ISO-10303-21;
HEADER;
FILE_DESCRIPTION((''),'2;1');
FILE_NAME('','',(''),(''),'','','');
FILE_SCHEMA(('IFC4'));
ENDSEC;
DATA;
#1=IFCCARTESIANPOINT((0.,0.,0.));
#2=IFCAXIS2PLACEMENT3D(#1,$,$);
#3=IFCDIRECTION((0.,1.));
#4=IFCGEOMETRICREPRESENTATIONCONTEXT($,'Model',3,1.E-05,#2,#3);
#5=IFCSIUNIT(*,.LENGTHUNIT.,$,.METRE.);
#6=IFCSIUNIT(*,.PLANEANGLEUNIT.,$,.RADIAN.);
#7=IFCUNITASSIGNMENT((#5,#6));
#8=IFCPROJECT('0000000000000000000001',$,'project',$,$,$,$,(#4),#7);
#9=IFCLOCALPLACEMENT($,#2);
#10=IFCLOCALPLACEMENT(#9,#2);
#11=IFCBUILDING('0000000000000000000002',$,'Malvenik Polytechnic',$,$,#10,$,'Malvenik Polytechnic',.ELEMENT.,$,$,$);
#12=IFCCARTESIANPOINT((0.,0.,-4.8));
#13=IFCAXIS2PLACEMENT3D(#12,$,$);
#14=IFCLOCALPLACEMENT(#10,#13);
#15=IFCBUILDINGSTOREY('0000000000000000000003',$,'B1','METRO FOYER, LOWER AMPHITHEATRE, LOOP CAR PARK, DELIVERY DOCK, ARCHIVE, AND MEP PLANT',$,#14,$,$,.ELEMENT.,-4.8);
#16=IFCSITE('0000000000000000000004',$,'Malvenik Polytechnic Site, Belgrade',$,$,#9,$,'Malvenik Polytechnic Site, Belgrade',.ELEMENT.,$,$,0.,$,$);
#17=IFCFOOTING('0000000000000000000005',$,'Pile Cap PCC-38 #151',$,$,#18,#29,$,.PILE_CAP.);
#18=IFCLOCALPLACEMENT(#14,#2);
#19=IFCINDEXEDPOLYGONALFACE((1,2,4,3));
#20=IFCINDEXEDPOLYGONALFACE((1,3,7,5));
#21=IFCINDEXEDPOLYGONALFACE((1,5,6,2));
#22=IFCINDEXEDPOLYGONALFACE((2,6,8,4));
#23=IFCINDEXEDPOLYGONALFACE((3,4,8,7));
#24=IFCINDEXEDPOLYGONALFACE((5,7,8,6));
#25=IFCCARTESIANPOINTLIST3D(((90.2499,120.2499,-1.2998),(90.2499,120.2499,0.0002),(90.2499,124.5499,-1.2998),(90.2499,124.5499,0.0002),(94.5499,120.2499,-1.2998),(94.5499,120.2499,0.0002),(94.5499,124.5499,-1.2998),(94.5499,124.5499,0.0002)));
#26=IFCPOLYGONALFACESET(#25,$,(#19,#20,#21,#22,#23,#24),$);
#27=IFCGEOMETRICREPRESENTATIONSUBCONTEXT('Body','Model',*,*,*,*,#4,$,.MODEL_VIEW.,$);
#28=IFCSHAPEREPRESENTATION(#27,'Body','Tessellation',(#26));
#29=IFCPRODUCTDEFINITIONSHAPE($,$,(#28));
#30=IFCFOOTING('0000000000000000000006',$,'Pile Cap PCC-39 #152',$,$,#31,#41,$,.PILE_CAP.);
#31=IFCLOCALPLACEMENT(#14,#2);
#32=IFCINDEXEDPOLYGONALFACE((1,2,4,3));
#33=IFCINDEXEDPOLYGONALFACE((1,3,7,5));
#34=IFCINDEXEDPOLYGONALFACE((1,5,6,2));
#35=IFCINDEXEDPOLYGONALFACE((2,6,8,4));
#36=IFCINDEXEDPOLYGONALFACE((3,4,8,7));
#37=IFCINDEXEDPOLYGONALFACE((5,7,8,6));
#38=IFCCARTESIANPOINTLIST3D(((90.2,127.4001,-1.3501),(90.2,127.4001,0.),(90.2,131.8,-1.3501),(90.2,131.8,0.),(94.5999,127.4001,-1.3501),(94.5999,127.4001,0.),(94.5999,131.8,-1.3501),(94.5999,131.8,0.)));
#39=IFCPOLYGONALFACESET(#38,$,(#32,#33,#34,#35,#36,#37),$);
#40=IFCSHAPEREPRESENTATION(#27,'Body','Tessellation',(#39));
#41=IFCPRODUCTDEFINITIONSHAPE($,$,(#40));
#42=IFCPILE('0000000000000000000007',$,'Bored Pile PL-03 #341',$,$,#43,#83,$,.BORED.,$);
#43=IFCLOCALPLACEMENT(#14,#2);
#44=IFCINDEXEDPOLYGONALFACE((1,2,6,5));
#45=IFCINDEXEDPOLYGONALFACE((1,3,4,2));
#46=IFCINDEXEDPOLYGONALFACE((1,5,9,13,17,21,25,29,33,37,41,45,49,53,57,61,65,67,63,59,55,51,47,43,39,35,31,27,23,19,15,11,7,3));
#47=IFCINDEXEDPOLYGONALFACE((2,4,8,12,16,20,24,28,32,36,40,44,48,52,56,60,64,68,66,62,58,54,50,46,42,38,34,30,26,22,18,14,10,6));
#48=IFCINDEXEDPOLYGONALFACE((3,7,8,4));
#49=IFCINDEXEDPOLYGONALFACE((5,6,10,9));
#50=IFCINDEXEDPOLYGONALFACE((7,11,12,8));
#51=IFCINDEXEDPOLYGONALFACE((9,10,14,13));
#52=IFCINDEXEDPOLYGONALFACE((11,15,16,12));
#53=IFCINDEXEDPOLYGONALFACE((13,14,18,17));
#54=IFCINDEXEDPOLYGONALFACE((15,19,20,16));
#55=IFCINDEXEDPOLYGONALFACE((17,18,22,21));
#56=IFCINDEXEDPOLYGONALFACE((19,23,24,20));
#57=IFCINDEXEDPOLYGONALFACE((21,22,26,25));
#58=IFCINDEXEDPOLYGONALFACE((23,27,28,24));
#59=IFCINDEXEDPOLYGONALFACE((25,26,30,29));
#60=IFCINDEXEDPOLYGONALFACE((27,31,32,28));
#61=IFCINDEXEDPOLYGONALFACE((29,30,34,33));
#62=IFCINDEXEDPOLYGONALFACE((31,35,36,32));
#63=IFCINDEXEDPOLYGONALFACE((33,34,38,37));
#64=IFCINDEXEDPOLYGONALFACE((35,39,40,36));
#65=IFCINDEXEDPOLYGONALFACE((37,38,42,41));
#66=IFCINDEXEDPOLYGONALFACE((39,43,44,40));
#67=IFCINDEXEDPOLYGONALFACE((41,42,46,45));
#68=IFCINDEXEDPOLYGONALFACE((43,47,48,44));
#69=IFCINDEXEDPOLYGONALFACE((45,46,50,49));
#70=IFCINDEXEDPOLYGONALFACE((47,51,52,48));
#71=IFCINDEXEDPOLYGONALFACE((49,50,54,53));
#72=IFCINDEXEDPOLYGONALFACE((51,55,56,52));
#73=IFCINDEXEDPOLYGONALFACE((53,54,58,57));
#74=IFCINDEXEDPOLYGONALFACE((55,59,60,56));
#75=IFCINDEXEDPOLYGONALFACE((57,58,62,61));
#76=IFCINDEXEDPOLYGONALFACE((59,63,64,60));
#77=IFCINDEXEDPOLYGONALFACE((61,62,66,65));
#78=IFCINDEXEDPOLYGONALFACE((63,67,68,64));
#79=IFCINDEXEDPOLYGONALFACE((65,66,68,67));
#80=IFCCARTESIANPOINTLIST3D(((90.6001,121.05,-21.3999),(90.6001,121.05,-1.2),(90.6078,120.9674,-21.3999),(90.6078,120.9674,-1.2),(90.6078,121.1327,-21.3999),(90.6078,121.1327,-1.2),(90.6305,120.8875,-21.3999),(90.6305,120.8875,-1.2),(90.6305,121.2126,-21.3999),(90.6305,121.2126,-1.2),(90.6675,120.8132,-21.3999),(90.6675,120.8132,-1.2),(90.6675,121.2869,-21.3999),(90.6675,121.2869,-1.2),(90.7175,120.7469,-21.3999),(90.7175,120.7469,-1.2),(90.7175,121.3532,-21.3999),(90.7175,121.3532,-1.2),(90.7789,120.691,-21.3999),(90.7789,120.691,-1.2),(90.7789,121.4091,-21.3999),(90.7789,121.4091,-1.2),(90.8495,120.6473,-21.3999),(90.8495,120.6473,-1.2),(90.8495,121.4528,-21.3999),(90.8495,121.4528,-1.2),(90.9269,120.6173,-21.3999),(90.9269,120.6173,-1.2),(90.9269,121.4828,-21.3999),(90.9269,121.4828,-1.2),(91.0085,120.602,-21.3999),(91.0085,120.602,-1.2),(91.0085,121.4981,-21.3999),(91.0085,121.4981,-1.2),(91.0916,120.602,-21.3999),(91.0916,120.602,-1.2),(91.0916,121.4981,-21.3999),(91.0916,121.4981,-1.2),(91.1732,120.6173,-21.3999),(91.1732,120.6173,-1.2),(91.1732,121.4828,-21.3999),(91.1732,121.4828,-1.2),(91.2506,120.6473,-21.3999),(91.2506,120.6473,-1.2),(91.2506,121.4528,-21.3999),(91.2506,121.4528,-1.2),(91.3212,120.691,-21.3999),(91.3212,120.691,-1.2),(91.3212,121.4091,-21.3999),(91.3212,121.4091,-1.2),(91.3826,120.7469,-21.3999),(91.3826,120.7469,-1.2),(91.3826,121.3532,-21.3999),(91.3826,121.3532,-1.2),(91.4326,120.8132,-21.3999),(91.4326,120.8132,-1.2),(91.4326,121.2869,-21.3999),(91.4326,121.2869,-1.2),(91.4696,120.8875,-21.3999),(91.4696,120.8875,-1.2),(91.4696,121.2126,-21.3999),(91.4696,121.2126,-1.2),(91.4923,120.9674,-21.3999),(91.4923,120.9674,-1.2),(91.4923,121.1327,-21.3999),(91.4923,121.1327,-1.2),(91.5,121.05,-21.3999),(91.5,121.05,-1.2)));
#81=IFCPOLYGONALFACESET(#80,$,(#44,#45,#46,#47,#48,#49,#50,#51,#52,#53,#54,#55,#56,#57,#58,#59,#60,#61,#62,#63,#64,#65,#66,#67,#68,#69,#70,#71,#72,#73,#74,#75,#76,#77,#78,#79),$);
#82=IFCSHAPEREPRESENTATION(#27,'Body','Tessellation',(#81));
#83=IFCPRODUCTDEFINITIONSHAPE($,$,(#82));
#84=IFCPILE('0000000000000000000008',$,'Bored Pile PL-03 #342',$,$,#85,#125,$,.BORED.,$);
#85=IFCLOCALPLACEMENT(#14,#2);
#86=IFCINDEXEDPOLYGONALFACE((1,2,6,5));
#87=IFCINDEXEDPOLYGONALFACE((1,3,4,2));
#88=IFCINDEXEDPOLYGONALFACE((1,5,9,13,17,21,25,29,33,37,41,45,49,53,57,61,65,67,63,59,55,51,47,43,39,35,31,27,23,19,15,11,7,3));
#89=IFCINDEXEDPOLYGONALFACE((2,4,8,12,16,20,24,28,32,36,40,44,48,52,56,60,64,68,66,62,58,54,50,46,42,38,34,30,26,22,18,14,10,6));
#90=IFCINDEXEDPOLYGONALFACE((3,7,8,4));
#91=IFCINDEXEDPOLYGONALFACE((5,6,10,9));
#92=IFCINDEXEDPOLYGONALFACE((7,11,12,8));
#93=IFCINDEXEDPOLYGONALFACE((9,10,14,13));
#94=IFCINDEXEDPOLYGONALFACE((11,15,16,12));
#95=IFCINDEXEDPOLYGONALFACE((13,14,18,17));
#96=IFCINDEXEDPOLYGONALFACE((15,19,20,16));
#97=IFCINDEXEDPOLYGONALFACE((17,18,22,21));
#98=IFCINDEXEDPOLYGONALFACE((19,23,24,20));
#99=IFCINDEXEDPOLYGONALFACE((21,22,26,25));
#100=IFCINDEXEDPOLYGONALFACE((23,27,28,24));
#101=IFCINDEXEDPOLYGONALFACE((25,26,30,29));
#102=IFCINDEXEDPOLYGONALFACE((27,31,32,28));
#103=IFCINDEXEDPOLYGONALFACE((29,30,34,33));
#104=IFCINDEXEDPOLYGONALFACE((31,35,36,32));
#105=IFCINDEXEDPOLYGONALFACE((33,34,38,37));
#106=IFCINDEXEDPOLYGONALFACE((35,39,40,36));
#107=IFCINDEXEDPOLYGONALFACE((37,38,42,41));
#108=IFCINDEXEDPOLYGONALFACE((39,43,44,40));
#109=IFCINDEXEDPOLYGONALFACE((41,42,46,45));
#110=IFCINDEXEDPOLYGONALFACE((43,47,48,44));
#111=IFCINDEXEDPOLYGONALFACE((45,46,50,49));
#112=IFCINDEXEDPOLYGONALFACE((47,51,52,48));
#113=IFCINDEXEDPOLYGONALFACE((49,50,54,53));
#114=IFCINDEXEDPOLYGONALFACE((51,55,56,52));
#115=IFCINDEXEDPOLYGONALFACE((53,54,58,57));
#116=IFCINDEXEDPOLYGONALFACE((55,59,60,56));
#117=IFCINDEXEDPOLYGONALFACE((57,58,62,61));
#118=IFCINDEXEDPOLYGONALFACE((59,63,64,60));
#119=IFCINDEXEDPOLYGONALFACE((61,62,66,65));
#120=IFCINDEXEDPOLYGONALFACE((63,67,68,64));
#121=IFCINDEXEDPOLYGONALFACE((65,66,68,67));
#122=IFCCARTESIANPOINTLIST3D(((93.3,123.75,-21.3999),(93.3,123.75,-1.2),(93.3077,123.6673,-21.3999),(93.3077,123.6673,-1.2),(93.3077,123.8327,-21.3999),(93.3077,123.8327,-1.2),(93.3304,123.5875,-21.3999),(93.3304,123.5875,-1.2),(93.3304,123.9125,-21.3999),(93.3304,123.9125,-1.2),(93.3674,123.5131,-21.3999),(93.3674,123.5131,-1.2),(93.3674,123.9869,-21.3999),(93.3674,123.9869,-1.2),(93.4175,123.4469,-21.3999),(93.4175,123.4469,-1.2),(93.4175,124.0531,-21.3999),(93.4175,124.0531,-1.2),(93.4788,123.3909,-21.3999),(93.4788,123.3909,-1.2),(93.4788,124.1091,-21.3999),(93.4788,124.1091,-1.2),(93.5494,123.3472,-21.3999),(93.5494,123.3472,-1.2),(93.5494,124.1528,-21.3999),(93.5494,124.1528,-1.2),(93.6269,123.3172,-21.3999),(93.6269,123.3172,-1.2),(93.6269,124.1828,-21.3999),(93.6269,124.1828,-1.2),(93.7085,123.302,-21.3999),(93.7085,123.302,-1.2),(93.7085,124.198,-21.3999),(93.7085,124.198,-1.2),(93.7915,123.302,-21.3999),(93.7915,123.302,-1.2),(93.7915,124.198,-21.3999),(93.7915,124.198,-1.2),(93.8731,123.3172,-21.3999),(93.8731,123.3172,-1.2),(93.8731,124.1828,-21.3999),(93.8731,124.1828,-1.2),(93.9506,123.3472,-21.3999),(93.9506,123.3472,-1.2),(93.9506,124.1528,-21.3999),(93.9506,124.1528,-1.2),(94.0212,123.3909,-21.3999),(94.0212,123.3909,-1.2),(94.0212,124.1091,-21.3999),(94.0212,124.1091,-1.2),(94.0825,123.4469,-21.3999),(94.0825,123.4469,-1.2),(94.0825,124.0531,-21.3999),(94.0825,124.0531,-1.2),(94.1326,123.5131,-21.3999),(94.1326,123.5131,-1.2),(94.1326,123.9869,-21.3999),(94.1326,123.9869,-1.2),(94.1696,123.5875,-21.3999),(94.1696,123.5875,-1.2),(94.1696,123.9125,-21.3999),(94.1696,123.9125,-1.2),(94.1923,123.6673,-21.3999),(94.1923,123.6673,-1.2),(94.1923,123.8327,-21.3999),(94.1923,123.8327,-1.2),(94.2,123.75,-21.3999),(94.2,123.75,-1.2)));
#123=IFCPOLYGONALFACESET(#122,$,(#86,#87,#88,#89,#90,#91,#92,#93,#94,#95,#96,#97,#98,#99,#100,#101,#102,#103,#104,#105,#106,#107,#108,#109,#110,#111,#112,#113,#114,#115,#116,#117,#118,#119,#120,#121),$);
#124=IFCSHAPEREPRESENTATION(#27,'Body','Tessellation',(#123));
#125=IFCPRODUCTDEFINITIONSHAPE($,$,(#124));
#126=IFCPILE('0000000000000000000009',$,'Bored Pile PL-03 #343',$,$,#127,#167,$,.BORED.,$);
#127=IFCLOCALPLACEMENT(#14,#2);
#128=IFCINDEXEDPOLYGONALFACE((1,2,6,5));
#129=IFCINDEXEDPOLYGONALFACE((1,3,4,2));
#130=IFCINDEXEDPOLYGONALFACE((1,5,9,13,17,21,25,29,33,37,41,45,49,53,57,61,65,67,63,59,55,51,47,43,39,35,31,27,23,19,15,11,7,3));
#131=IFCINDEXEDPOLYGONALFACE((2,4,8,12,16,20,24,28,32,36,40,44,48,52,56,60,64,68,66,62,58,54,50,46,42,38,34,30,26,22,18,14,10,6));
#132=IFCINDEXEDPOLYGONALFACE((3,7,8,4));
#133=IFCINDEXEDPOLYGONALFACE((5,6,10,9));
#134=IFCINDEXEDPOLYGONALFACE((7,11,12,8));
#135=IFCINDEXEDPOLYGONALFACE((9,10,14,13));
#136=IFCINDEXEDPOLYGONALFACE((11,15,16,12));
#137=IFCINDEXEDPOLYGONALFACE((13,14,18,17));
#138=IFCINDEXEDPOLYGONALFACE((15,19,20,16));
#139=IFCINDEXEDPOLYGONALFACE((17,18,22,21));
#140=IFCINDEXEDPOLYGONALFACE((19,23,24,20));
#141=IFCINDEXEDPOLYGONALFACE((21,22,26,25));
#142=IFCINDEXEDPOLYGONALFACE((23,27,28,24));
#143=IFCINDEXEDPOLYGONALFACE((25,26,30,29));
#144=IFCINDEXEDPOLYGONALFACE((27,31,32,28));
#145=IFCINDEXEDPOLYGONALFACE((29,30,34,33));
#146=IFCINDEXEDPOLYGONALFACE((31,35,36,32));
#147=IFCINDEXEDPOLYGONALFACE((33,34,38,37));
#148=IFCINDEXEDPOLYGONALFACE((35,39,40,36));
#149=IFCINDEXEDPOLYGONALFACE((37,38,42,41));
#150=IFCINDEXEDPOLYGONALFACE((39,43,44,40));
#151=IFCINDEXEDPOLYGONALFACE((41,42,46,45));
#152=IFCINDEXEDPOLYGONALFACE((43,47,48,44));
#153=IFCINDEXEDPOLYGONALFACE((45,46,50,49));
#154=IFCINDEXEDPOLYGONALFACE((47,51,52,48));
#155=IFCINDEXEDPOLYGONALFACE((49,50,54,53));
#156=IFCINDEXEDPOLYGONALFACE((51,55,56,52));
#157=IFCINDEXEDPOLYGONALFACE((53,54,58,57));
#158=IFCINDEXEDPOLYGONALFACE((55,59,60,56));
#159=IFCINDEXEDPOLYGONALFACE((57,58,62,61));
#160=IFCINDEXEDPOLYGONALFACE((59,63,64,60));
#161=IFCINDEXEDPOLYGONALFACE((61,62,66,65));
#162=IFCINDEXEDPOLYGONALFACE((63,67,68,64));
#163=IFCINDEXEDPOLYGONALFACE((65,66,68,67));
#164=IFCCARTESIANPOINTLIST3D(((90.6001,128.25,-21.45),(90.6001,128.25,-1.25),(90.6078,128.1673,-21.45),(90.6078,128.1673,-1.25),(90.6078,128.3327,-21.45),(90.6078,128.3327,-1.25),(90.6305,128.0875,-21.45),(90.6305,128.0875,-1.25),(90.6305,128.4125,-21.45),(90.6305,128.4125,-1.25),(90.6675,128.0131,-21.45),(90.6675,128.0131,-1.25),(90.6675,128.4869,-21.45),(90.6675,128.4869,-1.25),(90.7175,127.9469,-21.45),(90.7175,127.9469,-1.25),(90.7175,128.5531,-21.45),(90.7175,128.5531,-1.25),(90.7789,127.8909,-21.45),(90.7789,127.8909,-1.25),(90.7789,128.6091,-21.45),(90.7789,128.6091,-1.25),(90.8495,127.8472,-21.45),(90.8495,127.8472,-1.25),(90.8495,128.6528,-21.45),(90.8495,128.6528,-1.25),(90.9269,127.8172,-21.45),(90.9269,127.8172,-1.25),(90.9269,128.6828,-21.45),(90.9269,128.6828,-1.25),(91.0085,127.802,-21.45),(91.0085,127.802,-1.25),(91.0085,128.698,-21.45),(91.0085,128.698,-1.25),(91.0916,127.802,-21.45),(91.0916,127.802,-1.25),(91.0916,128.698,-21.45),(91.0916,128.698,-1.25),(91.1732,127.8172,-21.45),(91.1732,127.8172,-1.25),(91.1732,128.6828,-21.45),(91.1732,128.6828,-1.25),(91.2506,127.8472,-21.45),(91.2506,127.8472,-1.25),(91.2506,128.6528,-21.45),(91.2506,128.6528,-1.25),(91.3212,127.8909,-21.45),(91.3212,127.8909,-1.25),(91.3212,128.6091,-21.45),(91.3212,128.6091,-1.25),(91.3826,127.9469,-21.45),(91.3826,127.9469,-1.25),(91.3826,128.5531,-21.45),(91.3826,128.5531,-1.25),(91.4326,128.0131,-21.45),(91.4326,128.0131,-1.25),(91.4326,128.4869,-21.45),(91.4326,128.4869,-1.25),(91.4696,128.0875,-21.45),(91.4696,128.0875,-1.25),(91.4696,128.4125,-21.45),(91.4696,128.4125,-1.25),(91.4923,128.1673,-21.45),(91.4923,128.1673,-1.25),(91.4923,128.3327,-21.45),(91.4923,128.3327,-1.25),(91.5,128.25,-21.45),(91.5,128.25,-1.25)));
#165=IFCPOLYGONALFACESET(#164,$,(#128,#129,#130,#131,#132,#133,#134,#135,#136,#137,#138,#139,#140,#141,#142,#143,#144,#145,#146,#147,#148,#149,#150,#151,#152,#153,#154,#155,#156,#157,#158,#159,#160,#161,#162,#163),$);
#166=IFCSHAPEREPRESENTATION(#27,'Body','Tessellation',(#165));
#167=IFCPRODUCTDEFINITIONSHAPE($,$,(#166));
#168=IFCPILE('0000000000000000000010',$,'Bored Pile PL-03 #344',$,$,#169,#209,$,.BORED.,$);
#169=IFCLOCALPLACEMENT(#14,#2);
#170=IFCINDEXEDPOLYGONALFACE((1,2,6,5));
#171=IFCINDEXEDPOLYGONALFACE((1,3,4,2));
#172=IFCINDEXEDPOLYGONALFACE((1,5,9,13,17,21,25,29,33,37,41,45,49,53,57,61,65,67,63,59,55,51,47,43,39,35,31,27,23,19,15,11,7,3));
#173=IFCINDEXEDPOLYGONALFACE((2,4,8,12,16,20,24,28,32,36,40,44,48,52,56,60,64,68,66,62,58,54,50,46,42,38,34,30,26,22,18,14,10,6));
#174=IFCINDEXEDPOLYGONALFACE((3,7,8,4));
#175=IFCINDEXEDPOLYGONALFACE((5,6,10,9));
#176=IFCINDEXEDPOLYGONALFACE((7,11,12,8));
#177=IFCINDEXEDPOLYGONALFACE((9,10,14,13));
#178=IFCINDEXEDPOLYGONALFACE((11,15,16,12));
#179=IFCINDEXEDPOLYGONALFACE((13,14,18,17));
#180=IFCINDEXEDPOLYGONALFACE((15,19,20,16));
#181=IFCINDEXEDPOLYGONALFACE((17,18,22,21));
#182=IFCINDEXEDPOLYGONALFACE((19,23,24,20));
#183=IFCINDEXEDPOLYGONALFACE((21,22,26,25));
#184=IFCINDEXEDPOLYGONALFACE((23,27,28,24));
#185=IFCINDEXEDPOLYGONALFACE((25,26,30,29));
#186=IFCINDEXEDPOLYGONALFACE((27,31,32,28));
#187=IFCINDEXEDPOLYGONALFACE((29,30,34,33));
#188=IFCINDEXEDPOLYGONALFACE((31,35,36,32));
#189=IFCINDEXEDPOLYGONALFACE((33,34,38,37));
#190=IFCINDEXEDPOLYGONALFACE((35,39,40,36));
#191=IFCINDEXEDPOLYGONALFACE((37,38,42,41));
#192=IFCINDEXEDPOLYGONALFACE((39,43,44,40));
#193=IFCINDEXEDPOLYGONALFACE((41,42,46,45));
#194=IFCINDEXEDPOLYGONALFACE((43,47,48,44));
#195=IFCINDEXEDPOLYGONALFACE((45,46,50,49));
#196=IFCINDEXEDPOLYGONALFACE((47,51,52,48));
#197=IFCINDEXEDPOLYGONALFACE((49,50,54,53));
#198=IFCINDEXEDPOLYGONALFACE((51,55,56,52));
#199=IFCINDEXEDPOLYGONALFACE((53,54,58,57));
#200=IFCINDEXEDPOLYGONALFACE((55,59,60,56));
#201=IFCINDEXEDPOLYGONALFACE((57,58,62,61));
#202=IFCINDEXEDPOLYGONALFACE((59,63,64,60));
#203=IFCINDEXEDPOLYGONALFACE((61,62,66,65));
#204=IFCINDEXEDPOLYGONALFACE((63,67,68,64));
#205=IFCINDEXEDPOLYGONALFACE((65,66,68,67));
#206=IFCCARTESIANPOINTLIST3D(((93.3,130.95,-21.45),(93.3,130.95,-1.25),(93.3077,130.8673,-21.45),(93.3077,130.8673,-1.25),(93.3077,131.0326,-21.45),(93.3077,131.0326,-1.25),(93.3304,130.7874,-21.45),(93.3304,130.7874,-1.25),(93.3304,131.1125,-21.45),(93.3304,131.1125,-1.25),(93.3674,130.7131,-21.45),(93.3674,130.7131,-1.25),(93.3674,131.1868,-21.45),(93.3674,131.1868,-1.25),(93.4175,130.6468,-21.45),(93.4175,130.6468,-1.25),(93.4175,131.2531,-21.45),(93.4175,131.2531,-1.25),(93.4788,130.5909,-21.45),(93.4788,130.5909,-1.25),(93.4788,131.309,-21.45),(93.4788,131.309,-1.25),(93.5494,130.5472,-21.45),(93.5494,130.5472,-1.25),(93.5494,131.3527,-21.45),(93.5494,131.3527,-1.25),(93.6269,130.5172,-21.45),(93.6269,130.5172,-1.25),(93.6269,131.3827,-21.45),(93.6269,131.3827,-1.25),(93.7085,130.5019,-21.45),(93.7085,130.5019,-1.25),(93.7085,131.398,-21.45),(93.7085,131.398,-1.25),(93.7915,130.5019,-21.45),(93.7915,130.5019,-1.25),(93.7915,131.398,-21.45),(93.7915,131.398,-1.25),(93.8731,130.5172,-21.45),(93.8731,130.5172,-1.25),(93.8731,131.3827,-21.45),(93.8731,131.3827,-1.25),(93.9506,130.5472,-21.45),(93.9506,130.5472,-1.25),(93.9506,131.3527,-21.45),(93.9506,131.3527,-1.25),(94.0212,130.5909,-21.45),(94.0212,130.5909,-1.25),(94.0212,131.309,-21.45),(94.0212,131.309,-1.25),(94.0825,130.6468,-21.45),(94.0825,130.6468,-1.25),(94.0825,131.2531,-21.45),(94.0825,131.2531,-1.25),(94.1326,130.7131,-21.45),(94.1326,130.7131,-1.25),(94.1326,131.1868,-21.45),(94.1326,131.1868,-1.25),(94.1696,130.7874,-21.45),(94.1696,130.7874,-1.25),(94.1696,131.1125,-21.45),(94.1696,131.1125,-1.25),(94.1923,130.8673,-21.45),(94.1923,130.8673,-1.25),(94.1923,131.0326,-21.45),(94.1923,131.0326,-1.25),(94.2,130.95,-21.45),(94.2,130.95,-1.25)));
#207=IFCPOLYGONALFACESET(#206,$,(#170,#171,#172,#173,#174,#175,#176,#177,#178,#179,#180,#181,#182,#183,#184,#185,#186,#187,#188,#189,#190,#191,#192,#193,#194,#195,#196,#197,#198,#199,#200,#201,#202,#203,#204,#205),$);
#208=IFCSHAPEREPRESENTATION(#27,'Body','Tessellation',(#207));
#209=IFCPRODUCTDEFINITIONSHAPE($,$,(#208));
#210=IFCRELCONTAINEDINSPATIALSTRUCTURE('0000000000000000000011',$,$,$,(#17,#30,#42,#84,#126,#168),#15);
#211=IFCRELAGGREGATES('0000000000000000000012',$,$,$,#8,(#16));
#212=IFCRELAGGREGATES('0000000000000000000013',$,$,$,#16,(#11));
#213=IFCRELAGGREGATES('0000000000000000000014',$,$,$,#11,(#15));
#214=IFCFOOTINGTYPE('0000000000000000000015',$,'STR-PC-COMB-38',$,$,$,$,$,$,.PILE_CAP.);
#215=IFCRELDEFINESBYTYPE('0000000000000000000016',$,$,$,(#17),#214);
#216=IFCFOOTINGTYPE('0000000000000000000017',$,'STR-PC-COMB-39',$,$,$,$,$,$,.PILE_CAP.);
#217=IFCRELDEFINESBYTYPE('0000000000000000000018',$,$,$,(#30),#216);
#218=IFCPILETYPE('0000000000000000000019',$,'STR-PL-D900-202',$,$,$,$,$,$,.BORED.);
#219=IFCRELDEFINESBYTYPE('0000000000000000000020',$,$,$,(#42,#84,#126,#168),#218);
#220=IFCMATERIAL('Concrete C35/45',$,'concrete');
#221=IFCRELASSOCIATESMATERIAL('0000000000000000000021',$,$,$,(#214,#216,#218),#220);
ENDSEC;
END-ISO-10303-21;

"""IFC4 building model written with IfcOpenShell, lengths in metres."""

from ifc_helpers import new_model, si_unit, direction, frame, origin, origin_2d, place, context, subcontext, project, spatial, rectangle, circle, extrude, material, material_profile, profile_set, type_object, element, save


model = new_model("IFC4")

# Units and contexts
model_context = context("Model", 3, precision=1e-05, world=origin(), true_north=direction((0.0, 1.0)))
body_context = subcontext(model_context, "Body", "Model", "MODEL_VIEW")
ifc_project = project(units=[si_unit("LENGTHUNIT", "METRE"), si_unit("PLANEANGLEUNIT", "RADIAN")], contexts=[model_context])

# Site, building, storey
site_placement = place(None, origin())
site = spatial("IfcSite", under=ifc_project, at=site_placement, Name="Malvenik Polytechnic Site, Belgrade", LongName="Malvenik Polytechnic Site, Belgrade", CompositionType="ELEMENT", RefElevation=0.0)
building_placement = place(site_placement, origin())
building = spatial("IfcBuilding", under=site, at=building_placement, Name="Malvenik Polytechnic", LongName="Malvenik Polytechnic", CompositionType="ELEMENT")
storey_placement = place(building_placement, frame((0.0, 0.0, -4.8)))
storey = spatial("IfcBuildingStorey", under=building, at=storey_placement, Name="B1", Description="METRO FOYER, LOWER AMPHITHEATRE, LOOP CAR PARK, DELIVERY DOCK, ARCHIVE, AND MEP PLANT", CompositionType="ELEMENT", Elevation=-4.8)

# Footings
ifc_material_1 = material(Name="Concrete C35/45", Category="concrete")
footing_type_1 = type_object("IfcFootingType", Name="STR-PC-COMB-38", PredefinedType="PILE_CAP", material=ifc_material_1)
footing_1_placement = place(storey_placement, frame((92.3999, 122.3999, -1.2998), z_axis=(0.0, 0.0, 1.0), x_axis=(1.0, 0.0, 0.0)))
element("IfcFooting", 1, at=footing_1_placement, inside=storey, type_object=footing_type_1, Name="Pile Cap PCC-38 #151", PredefinedType="PILE_CAP", context=body_context, shape_type="SweptSolid", body=[
    extrude(rectangle(XDim=4.3, YDim=4.3, at=origin_2d()), origin(), (0.0, 0.0, 1.0), 1.3),
])
footing_type_2 = type_object("IfcFootingType", Name="STR-PC-COMB-39", PredefinedType="PILE_CAP", material=ifc_material_1)
footing_2_placement = place(storey_placement, frame((92.3999, 129.6001, -1.3501), z_axis=(0.0, 0.0, 1.0), x_axis=(1.0, 0.0, 0.0)))
element("IfcFooting", 2, at=footing_2_placement, inside=storey, type_object=footing_type_2, Name="Pile Cap PCC-39 #152", PredefinedType="PILE_CAP", context=body_context, shape_type="SweptSolid", body=[
    extrude(rectangle(XDim=4.3999, YDim=4.3999, at=origin_2d()), origin(), (0.0, 0.0, 1.0), 1.3501),
])

# Piles
ifc_material_profile_1 = material_profile(ifc_material_1, circle(Radius=0.45, at=origin_2d()), Name="BORED PILE D900")
ifc_profile_set_1 = profile_set([ifc_material_profile_1], Name="Concrete C35/45")
pile_type = type_object("IfcPileType", Name="STR-PL-D900-202", PredefinedType="BORED", material=ifc_profile_set_1)
for number, where, z_axis, x_axis, name in (
    (3, (91.05, 121.05, -1.2), (0.0, 0.0, -1.0), (1.0, 0.0, 0.0), "Bored Pile PL-03 #341"),
    (4, (93.75, 123.75, -1.2), (0.0, 0.0, -1.0), (1.0, 0.0, 0.0), "Bored Pile PL-03 #342"),
    (5, (91.05, 128.25, -1.25), (0.0, 0.0, -1.0), (1.0, 0.0, 0.0), "Bored Pile PL-03 #343"),
    (6, (93.75, 130.95, -1.25), (0.0, 0.0, -1.0), (1.0, 0.0, 0.0), "Bored Pile PL-03 #344"),
):
    element("IfcPile", number, at=place(storey_placement, frame(where, z_axis=z_axis, x_axis=x_axis)), inside=storey, type_object=pile_type, Name=name, PredefinedType="BORED", context=body_context, shape_type="SweptSolid", body=[
        extrude(circle(Radius=0.45, at=origin_2d()), origin(), (0.0, 0.0, 1.0), 20.2),
    ])

save(model, "model.ifc")
